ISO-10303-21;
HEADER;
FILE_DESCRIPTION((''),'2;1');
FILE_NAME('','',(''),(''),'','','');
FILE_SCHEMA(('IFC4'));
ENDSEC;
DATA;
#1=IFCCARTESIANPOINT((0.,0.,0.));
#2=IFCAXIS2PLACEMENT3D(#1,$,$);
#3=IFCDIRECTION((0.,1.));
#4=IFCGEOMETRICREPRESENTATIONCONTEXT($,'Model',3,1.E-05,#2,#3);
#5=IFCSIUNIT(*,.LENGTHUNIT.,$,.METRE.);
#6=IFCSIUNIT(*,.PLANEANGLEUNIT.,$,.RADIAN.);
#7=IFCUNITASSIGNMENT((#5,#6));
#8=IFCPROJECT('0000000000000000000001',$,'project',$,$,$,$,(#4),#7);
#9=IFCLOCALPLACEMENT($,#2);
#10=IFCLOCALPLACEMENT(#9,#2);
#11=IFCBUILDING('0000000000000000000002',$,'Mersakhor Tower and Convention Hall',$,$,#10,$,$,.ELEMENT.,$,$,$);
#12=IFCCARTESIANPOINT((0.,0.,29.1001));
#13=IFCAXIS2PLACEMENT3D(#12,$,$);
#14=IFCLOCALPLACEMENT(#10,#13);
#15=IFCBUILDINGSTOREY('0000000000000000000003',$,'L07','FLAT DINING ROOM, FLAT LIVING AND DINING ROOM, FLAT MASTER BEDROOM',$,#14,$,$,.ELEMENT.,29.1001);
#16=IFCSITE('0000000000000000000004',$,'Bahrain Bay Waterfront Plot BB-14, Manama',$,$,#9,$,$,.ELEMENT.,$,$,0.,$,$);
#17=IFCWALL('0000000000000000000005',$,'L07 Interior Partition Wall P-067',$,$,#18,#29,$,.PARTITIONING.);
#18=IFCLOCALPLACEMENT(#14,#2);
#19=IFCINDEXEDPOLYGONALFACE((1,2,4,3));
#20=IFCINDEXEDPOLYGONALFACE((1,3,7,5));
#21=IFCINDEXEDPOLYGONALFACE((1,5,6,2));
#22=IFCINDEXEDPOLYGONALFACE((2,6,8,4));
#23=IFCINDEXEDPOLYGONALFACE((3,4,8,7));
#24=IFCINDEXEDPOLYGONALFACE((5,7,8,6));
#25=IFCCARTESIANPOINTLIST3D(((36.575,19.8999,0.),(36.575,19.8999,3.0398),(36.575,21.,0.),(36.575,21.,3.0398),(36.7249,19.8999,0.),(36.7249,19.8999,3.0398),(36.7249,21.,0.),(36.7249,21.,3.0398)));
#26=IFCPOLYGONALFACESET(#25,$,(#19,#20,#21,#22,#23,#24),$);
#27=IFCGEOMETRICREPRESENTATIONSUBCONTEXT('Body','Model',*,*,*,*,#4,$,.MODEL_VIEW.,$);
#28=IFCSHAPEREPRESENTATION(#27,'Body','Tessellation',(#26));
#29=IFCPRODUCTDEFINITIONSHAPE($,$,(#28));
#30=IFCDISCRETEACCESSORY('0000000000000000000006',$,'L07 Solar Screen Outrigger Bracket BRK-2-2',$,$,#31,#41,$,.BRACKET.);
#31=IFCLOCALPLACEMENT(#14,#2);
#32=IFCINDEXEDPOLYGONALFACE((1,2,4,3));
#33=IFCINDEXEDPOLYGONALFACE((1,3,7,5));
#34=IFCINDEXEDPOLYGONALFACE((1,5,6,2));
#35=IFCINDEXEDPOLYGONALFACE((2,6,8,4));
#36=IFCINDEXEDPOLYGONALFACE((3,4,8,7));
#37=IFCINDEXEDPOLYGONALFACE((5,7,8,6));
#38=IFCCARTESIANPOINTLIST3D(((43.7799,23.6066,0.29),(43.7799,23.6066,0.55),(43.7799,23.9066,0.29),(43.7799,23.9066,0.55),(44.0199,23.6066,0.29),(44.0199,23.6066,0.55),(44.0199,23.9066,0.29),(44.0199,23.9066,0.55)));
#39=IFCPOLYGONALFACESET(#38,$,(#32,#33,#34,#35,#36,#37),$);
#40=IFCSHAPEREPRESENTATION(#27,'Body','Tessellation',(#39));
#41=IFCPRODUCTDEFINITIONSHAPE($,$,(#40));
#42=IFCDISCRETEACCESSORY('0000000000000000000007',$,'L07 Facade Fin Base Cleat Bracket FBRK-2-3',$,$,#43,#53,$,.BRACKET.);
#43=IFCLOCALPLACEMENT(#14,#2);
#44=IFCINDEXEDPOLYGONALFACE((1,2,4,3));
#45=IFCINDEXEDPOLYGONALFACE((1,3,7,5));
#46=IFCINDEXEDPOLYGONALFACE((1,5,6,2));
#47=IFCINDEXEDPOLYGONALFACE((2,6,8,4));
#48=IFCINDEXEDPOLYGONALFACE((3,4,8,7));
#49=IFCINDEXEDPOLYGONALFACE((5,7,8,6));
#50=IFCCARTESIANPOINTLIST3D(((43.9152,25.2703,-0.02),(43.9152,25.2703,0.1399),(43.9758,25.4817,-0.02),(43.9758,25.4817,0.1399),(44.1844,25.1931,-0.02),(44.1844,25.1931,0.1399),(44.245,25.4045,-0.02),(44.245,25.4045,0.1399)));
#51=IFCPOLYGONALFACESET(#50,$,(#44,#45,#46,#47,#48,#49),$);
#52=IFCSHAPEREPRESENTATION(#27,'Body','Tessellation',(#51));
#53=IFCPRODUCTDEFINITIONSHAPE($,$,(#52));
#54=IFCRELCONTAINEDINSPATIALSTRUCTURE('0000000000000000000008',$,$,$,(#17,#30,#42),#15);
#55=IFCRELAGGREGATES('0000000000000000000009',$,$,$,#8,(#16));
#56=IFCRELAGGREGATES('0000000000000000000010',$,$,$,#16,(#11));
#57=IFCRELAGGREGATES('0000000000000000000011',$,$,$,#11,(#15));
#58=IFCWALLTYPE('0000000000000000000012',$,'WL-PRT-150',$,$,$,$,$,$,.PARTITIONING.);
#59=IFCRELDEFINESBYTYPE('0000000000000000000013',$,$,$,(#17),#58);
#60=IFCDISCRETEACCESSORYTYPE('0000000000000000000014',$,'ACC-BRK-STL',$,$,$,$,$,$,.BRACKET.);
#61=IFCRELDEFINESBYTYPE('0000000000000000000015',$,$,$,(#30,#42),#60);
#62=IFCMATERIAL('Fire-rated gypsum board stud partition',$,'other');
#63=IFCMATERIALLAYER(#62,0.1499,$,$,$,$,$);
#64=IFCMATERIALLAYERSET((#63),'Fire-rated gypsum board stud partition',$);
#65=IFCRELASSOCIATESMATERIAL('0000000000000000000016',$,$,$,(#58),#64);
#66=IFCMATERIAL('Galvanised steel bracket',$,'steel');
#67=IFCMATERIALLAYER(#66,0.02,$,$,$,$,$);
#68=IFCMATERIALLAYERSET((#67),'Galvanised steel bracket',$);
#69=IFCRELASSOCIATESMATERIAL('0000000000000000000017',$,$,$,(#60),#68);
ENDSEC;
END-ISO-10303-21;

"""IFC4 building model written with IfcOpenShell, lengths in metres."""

from ifc_helpers import new_model, si_unit, direction, frame, frame_2d, origin, origin_2d, place, context, subcontext, project, spatial, rectangle, extrude, material, layer, layer_set, type_object, element, save


model = new_model("IFC4")

# Units and contexts
model_context = context("Model", 3, precision=1e-05, world=origin(), true_north=direction((0.0, 1.0)))
body_context = subcontext(model_context, "Body", "Model", "MODEL_VIEW")
ifc_project = project(units=[si_unit("LENGTHUNIT", "METRE"), si_unit("PLANEANGLEUNIT", "RADIAN")], contexts=[model_context])

# Site, building, storey
site_placement = place(None, origin())
site = spatial("IfcSite", under=ifc_project, at=site_placement, Name="Bahrain Bay Waterfront Plot BB-14, Manama", CompositionType="ELEMENT", RefElevation=0.0)
building_placement = place(site_placement, origin())
building = spatial("IfcBuilding", under=site, at=building_placement, Name="Mersakhor Tower and Convention Hall", CompositionType="ELEMENT")
storey_placement = place(building_placement, frame((0.0, 0.0, 29.1001)))
storey = spatial("IfcBuildingStorey", under=building, at=storey_placement, Name="L07", Description="FLAT DINING ROOM, FLAT LIVING AND DINING ROOM, FLAT MASTER BEDROOM", CompositionType="ELEMENT", Elevation=29.1001)

# Wall
ifc_material_1 = material(Name="Fire-rated gypsum board stud partition", Category="other")
ifc_layer_1 = layer(ifc_material_1, 0.1499)
ifc_layer_set_1 = layer_set([ifc_layer_1], Name="Fire-rated gypsum board stud partition")
wall_type_1 = type_object("IfcWallType", Name="WL-PRT-150", PredefinedType="PARTITIONING", material=ifc_layer_set_1)
wall_1_placement = place(storey_placement, frame((36.6499, 19.8999, 0.0), z_axis=(0.0, 0.0, 1.0), x_axis=(0.0, 1.0, 0.0)))
element("IfcWall", 1, at=wall_1_placement, inside=storey, type_object=wall_type_1, Name="L07 Interior Partition Wall P-067", PredefinedType="PARTITIONING", context=body_context, shape_type="SweptSolid", body=[
    extrude(rectangle(XDim=1.1001, YDim=0.1499, at=frame_2d((0.55, 0.0))), origin(), (0.0, 0.0, 1.0), 3.0398),
])

# Discrete accessories
ifc_material_2 = material(Name="Galvanised steel bracket", Category="steel")
ifc_layer_2 = layer(ifc_material_2, 0.02)
ifc_layer_set_2 = layer_set([ifc_layer_2], Name="Galvanised steel bracket")
discrete_accessory_type = type_object("IfcDiscreteAccessoryType", Name="ACC-BRK-STL", PredefinedType="BRACKET", material=ifc_layer_set_2)
discrete_accessory_1_placement = place(storey_placement, frame((43.8999, 23.7566, 0.29), z_axis=(0.0, 0.0, 1.0), x_axis=(0.0, -1.0, 0.0)))
element("IfcDiscreteAccessory", 2, at=discrete_accessory_1_placement, inside=storey, type_object=discrete_accessory_type, Name="L07 Solar Screen Outrigger Bracket BRK-2-2", PredefinedType="BRACKET", context=body_context, shape_type="SweptSolid", body=[
    extrude(rectangle(XDim=0.3, YDim=0.24, at=origin_2d()), origin(), (0.0, 0.0, 1.0), 0.26),
])
discrete_accessory_2_placement = place(storey_placement, frame((44.0801, 25.3374, -0.02), z_axis=(0.0, 0.0, 1.0), x_axis=(0.961262, -0.275637, 0.0)))
element("IfcDiscreteAccessory", 3, at=discrete_accessory_2_placement, inside=storey, type_object=discrete_accessory_type, Name="L07 Facade Fin Base Cleat Bracket FBRK-2-3", PredefinedType="BRACKET", context=body_context, shape_type="SweptSolid", body=[
    extrude(rectangle(XDim=0.28, YDim=0.22, at=origin_2d()), origin(), (0.0, 0.0, 1.0), 0.1599),
])

save(model, "model.ifc")
